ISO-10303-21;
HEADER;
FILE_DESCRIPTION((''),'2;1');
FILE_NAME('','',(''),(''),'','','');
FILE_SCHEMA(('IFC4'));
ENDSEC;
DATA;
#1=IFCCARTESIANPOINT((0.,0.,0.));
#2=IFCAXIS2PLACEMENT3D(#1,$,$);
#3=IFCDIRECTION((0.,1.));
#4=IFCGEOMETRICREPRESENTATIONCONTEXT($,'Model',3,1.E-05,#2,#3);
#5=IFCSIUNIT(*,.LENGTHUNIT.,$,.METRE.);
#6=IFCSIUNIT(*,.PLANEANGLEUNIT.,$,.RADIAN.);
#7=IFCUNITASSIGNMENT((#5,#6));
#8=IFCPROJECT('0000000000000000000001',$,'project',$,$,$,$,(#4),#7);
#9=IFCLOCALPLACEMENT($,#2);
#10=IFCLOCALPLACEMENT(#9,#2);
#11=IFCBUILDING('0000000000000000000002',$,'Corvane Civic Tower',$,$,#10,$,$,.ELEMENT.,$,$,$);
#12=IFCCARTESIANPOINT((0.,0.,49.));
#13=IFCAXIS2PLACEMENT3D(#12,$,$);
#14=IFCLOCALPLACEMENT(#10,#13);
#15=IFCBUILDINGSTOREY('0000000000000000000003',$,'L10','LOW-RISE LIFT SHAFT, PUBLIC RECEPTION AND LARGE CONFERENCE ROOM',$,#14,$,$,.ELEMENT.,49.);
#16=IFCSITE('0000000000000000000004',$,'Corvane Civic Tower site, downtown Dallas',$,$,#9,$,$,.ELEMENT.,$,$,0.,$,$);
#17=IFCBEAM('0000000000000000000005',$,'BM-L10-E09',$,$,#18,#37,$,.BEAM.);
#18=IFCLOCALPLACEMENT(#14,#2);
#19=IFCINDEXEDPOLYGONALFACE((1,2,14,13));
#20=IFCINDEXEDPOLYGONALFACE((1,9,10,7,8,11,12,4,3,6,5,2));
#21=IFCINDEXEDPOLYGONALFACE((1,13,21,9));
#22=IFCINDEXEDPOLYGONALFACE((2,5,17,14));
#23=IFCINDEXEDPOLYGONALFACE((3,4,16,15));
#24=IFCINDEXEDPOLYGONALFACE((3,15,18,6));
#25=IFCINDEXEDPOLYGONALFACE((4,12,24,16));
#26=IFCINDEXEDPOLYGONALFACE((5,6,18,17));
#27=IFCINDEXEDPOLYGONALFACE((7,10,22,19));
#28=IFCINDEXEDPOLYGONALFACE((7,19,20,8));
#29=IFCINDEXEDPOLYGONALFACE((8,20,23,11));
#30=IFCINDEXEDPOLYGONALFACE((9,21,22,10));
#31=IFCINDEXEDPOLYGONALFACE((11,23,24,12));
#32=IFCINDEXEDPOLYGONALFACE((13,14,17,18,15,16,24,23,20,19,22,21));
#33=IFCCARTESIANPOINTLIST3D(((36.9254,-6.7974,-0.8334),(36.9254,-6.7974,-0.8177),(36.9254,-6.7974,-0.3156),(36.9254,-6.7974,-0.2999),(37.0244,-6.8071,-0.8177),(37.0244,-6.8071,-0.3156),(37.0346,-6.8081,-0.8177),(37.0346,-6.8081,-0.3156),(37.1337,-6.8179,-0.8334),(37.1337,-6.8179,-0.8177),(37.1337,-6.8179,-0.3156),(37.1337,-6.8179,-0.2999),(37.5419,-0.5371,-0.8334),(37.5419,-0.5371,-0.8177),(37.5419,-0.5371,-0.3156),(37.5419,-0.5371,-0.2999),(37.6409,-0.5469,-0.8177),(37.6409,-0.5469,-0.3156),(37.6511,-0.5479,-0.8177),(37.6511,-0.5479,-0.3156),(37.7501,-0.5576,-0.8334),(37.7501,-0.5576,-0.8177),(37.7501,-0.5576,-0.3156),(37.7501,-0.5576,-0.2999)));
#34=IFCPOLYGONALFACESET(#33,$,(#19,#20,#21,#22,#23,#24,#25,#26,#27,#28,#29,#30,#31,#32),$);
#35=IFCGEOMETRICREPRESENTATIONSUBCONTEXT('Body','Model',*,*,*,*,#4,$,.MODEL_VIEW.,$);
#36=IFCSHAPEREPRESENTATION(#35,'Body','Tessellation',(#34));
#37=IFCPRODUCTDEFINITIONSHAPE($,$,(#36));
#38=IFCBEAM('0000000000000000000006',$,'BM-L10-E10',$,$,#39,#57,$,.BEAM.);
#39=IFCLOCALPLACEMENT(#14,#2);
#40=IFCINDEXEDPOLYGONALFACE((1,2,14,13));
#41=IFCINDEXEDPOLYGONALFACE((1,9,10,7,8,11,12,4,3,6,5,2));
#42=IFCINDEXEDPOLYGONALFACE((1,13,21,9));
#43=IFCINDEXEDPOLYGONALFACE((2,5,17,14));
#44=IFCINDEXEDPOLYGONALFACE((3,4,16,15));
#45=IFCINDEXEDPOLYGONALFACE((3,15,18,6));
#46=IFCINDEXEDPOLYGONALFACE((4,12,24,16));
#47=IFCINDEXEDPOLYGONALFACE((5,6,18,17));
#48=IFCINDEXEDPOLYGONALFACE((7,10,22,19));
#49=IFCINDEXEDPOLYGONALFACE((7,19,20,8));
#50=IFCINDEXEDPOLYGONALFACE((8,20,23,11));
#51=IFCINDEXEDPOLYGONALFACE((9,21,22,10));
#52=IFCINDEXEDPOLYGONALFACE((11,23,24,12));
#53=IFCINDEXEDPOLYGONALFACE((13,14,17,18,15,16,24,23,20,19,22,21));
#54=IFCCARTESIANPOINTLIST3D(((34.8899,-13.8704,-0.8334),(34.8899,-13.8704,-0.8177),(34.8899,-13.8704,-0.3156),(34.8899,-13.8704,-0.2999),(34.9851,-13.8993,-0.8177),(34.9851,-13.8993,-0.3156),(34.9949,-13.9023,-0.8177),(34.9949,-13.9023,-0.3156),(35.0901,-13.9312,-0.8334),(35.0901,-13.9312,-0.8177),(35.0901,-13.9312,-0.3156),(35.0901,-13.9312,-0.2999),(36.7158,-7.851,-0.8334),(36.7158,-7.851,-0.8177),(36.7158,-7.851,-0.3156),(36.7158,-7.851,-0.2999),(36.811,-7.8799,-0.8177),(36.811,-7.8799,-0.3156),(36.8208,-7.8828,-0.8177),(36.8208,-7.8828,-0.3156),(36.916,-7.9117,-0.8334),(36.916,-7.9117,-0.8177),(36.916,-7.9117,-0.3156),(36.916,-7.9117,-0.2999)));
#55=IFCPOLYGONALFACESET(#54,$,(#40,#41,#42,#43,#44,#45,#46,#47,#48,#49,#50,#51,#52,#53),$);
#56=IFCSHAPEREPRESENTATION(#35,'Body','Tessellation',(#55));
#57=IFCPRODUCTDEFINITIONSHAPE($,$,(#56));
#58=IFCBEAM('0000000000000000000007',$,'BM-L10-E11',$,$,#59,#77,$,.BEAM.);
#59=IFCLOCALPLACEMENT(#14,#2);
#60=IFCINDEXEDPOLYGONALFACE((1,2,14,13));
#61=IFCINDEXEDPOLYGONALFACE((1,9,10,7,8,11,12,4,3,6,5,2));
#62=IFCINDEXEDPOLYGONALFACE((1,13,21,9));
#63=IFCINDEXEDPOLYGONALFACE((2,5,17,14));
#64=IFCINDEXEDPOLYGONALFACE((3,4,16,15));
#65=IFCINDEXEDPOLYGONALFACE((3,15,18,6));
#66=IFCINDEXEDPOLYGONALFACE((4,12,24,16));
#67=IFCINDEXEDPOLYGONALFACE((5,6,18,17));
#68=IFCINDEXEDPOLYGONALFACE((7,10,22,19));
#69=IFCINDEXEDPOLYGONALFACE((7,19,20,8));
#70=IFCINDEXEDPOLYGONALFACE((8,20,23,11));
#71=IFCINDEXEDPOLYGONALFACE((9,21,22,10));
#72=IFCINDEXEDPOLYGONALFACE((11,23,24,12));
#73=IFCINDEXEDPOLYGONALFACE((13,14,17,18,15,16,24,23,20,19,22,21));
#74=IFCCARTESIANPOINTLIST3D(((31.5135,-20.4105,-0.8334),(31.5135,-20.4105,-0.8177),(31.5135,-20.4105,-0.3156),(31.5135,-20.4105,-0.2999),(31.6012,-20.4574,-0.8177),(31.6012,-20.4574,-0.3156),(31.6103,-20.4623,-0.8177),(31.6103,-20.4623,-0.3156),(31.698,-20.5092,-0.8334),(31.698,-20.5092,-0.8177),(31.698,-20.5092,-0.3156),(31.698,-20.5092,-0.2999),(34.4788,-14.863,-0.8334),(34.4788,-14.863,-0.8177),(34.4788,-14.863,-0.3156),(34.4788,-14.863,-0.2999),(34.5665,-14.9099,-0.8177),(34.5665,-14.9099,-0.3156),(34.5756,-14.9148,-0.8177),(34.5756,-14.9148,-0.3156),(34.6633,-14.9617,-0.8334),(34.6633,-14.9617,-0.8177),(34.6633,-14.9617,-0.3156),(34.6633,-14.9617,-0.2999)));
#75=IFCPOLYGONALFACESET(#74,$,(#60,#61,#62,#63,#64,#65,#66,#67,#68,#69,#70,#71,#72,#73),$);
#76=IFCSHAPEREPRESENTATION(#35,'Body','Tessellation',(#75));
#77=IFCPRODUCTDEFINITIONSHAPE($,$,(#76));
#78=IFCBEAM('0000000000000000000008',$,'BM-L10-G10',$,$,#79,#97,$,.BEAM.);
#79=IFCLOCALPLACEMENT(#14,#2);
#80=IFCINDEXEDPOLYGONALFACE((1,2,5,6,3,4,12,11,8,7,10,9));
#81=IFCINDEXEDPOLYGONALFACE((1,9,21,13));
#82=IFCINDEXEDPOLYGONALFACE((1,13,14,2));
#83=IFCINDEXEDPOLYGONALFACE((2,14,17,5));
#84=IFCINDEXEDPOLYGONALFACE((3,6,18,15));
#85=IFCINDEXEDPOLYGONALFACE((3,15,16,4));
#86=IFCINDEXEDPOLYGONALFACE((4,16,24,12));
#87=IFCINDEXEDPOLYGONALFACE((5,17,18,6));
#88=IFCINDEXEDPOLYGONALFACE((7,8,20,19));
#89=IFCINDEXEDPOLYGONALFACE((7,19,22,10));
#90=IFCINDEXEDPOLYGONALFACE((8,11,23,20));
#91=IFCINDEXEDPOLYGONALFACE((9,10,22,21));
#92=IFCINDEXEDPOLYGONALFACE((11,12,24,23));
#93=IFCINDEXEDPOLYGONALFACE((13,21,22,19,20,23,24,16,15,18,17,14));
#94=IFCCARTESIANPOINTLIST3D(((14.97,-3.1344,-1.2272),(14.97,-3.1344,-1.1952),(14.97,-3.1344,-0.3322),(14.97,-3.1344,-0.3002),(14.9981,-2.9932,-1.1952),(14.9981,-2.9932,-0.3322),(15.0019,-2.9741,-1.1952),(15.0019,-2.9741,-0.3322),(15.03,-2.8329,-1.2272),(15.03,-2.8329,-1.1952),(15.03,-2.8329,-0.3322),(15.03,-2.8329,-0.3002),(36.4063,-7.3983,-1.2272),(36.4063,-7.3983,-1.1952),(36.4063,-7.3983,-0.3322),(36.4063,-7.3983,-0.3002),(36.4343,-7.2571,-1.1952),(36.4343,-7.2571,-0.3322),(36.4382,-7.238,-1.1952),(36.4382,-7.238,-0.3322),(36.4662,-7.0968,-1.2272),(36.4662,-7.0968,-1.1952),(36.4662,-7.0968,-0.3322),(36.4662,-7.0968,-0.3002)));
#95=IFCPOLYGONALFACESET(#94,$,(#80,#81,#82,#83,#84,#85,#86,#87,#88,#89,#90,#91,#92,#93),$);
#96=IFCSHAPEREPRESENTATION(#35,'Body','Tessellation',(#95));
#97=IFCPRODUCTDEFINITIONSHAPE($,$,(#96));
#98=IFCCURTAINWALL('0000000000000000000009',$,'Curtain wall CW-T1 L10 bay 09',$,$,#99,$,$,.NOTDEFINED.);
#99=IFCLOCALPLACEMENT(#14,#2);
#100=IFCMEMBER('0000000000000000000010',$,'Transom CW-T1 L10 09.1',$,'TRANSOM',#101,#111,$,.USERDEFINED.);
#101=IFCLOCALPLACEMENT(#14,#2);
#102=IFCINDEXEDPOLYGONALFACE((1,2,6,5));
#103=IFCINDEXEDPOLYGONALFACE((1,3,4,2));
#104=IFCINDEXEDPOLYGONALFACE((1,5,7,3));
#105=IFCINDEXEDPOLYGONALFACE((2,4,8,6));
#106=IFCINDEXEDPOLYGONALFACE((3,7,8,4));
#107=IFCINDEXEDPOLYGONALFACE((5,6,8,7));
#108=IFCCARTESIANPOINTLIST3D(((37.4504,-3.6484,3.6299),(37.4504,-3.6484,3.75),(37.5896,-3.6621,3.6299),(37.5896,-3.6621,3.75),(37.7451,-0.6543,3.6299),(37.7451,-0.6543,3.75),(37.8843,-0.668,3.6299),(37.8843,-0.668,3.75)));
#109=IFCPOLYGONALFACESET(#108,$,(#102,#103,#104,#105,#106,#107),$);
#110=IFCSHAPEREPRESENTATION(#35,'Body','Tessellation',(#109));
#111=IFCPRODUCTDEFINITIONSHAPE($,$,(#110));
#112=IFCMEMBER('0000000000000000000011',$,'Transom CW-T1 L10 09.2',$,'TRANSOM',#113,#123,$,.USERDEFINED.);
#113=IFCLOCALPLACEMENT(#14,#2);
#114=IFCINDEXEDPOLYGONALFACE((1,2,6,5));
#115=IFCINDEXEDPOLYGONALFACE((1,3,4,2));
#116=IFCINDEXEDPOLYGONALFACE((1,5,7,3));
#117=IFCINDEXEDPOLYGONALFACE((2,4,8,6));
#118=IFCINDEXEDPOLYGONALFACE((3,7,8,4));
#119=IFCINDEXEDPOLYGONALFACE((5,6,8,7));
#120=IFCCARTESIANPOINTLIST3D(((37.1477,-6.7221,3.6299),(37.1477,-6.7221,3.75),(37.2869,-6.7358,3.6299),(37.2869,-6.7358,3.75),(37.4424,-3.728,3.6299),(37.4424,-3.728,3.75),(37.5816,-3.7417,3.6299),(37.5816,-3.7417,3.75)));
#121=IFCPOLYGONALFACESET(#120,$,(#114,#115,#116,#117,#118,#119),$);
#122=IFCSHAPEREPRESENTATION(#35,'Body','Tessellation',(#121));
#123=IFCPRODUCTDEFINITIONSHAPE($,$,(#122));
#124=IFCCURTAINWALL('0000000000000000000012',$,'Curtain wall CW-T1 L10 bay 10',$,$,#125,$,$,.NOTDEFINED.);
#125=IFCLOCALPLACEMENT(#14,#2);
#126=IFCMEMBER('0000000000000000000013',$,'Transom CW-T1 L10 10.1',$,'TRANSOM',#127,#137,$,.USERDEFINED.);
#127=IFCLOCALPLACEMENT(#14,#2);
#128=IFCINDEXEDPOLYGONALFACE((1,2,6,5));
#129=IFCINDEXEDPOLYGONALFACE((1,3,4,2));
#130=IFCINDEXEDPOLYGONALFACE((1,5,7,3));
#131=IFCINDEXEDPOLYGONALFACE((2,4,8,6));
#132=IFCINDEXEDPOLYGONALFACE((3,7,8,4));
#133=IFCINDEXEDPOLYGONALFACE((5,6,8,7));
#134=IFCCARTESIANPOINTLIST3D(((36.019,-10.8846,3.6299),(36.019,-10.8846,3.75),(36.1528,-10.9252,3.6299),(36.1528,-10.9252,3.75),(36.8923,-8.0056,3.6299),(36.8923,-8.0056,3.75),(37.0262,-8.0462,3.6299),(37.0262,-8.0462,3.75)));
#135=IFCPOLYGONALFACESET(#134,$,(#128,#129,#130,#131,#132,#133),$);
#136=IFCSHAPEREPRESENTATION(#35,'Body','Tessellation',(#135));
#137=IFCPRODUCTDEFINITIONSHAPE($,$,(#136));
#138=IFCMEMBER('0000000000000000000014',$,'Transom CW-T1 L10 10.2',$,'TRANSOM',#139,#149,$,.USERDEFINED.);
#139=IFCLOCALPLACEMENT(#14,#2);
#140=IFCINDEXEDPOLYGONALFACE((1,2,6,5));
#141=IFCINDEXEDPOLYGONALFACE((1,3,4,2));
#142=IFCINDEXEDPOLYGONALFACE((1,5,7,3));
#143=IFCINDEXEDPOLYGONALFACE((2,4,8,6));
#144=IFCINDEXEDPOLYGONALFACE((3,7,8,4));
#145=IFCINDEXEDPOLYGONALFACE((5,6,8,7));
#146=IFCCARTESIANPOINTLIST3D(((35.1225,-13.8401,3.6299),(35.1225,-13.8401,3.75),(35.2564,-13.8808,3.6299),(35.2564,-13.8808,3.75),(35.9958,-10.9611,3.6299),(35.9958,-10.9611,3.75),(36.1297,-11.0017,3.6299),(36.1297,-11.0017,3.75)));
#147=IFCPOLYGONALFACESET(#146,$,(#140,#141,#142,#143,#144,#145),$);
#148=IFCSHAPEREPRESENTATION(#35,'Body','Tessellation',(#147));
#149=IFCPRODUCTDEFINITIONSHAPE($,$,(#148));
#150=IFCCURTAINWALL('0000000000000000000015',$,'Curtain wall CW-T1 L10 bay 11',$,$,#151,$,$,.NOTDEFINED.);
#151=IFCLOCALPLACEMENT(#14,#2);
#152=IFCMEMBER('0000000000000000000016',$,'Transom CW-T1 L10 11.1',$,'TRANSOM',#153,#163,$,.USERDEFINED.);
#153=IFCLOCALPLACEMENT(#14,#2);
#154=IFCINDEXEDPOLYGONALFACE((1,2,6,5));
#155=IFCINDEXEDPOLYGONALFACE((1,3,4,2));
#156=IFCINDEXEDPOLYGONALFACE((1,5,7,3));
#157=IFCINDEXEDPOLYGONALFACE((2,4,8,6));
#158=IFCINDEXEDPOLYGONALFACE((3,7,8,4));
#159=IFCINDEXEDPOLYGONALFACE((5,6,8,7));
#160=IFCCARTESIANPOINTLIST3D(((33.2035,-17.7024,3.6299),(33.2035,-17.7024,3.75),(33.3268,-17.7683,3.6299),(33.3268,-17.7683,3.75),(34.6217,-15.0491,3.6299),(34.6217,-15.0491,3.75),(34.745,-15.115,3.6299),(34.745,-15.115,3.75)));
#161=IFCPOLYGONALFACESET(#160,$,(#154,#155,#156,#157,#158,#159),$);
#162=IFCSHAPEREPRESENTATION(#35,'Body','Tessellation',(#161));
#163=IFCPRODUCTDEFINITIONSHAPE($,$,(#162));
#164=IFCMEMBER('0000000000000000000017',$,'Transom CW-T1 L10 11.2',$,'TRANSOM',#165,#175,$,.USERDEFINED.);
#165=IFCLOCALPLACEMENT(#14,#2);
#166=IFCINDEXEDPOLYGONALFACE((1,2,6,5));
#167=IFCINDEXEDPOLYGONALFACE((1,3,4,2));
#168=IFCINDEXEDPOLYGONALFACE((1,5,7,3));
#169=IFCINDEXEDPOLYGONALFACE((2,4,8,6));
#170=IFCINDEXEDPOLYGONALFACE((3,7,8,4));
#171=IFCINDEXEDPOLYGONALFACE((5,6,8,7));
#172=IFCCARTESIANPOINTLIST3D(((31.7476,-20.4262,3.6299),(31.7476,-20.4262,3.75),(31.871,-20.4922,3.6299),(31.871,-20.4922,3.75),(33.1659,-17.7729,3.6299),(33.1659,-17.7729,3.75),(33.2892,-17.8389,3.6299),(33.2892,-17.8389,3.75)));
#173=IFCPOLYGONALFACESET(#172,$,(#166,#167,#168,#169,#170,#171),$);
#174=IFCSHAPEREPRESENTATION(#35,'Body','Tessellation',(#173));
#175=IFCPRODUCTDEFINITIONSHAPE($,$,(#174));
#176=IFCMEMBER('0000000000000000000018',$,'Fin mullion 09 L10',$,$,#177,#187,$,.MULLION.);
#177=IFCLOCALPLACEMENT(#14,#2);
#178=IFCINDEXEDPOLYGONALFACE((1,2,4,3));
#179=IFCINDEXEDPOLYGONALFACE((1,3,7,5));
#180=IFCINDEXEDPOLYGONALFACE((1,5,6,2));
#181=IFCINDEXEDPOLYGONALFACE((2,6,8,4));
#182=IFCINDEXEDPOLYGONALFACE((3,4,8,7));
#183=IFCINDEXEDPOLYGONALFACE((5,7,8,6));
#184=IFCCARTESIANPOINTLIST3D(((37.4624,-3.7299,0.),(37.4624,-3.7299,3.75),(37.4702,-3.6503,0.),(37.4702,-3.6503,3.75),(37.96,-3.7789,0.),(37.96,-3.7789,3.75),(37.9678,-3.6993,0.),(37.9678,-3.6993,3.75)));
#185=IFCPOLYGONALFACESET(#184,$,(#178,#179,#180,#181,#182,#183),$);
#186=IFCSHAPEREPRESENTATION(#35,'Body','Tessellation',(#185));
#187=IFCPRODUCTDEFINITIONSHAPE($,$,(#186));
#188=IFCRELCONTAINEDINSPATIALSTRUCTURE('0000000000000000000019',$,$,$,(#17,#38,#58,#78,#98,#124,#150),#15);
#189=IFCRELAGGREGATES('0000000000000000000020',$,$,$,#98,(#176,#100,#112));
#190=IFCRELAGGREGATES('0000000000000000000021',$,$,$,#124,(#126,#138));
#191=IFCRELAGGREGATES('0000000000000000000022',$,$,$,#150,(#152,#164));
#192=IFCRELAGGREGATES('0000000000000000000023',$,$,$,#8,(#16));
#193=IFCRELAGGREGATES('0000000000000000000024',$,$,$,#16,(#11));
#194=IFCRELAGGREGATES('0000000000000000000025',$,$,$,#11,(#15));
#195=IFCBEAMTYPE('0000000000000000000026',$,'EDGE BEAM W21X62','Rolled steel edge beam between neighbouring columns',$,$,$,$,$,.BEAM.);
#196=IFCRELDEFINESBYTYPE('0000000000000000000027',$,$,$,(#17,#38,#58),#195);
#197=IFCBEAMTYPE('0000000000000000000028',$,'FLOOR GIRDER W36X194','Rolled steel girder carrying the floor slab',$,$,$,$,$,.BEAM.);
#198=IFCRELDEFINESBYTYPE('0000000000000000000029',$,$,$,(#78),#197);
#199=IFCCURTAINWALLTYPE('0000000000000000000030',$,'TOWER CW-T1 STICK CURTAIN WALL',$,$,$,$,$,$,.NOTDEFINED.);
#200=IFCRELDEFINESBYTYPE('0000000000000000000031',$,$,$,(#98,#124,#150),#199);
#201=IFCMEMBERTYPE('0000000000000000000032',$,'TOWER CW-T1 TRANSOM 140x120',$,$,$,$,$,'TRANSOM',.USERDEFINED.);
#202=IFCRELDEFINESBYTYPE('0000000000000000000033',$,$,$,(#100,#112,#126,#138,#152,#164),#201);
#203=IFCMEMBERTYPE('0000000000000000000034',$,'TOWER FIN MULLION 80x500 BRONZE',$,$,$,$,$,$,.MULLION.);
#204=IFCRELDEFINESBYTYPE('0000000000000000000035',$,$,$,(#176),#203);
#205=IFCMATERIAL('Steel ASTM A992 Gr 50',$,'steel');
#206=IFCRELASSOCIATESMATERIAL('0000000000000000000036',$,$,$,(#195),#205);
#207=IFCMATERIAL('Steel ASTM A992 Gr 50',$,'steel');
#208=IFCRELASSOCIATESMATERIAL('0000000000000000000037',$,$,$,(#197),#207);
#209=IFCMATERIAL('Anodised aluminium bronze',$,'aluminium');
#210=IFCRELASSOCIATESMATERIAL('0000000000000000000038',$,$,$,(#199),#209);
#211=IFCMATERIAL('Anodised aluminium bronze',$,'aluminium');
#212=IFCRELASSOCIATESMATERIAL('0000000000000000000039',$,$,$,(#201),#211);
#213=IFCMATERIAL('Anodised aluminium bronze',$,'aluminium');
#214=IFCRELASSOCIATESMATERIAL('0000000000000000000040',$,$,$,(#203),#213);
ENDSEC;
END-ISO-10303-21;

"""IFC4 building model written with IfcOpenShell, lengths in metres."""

from ifc_helpers import new_model, si_unit, direction, frame, origin, origin_2d, place, context, subcontext, project, spatial, rectangle, i_section, extrude, material, material_profile, profile_set, type_object, element, aggregate, save


model = new_model("IFC4")

# Units and contexts
model_context = context("Model", 3, precision=1e-05, world=origin(), true_north=direction((0.0, 1.0)))
body_context = subcontext(model_context, "Body", "Model", "MODEL_VIEW")
ifc_project = project(units=[si_unit("LENGTHUNIT", "METRE"), si_unit("PLANEANGLEUNIT", "RADIAN")], contexts=[model_context])

# Site, building, storey
site_placement = place(None, origin())
site = spatial("IfcSite", under=ifc_project, at=site_placement, Name="Corvane Civic Tower site, downtown Dallas", CompositionType="ELEMENT", RefElevation=0.0)
building_placement = place(site_placement, origin())
building = spatial("IfcBuilding", under=site, at=building_placement, Name="Corvane Civic Tower", CompositionType="ELEMENT")
storey_placement = place(building_placement, frame((0.0, 0.0, 49.0)))
storey = spatial("IfcBuildingStorey", under=building, at=storey_placement, Name="L10", Description="LOW-RISE LIFT SHAFT, PUBLIC RECEPTION AND LARGE CONFERENCE ROOM", CompositionType="ELEMENT", Elevation=49.0)

# Beams
ifc_material_1 = material(Name="Steel ASTM A992 Gr 50", Category="steel")
ifc_material_profile_1 = material_profile(ifc_material_1, i_section(OverallWidth=0.2092, OverallDepth=0.5334, WebThickness=0.0103, FlangeThickness=0.0156, at=origin_2d()), Name="W21X62")
ifc_profile_set_1 = profile_set([ifc_material_profile_1], Name="Steel ASTM A992 Gr 50")
beam_type_1 = type_object("IfcBeamType", Name="EDGE BEAM W21X62", Description="Rolled steel edge beam between neighbouring columns", PredefinedType="BEAM", material=ifc_profile_set_1)
beam_1_placement = place(storey_placement, frame((37.646, -0.5474, -0.5667), z_axis=(-0.097997, -0.995187, 0.0), x_axis=(0.995187, -0.097997, 0.0)))
element("IfcBeam", 1, at=beam_1_placement, inside=storey, type_object=beam_type_1, Name="BM-L10-E09", PredefinedType="BEAM", context=body_context, shape_type="SweptSolid", body=[
    extrude(i_section(OverallWidth=0.2092, OverallDepth=0.5334, WebThickness=0.0103, FlangeThickness=0.0156, at=origin_2d()), origin(), (0.0, 0.0, 1.0), 6.2905),
])
for number, where, z_axis, x_axis, name in (
    (2, (36.8159, -7.8813, -0.5667), (-0.290273, -0.956944, 0.0), (0.956944, -0.290273, 0.0), "BM-L10-E10"),
    (3, (34.571, -14.9124, -0.5667), (-0.471406, -0.881916, 0.0), (0.881916, -0.471406, 0.0), "BM-L10-E11"),
):
    element("IfcBeam", number, at=place(storey_placement, frame(where, z_axis=z_axis, x_axis=x_axis)), inside=storey, type_object=beam_type_1, Name=name, PredefinedType="BEAM", context=body_context, shape_type="SweptSolid", body=[
        extrude(i_section(OverallWidth=0.2092, OverallDepth=0.5334, WebThickness=0.0103, FlangeThickness=0.0156, at=origin_2d()), origin(), (0.0, 0.0, 1.0), 6.2903),
    ])
ifc_material_2 = material(Name="Steel ASTM A992 Gr 50", Category="steel")
ifc_material_profile_2 = material_profile(ifc_material_2, i_section(OverallWidth=0.3074, OverallDepth=0.927, WebThickness=0.0195, FlangeThickness=0.032, at=origin_2d()), Name="W36X194")
ifc_profile_set_2 = profile_set([ifc_material_profile_2], Name="Steel ASTM A992 Gr 50")
beam_type_2 = type_object("IfcBeamType", Name="FLOOR GIRDER W36X194", Description="Rolled steel girder carrying the floor slab", PredefinedType="BEAM", material=ifc_profile_set_2)
beam_2_placement = place(storey_placement, frame((15.0, -2.9836, -0.7637), z_axis=(0.980785, -0.195089, 0.0), x_axis=(0.195089, 0.980785, 0.0)))
element("IfcBeam", 4, at=beam_2_placement, inside=storey, type_object=beam_type_2, Name="BM-L10-G10", PredefinedType="BEAM", context=body_context, shape_type="SweptSolid", body=[
    extrude(i_section(OverallWidth=0.3074, OverallDepth=0.927, WebThickness=0.0195, FlangeThickness=0.032, at=origin_2d()), origin(), (0.0, 0.0, 1.0), 21.8562),
])

# Curtain walls, members
ifc_material_3 = material(Name="Anodised aluminium bronze", Category="aluminium")
curtain_wall_type = type_object("IfcCurtainWallType", Name="TOWER CW-T1 STICK CURTAIN WALL", PredefinedType="NOTDEFINED", material=ifc_material_3)
curtain_wall_1_placement = place(storey_placement, origin())
curtain_wall_1 = element("IfcCurtainWall", 5, at=curtain_wall_1_placement, inside=storey, type_object=curtain_wall_type, Name="Curtain wall CW-T1 L10 bay 09", PredefinedType="NOTDEFINED")
ifc_material_4 = material(Name="Anodised aluminium bronze", Category="aluminium")
ifc_material_profile_3 = material_profile(ifc_material_4, rectangle(XDim=0.1399, YDim=0.1201, at=origin_2d()), Name="TOWER CW-T1 TRANSOM 140x120")
ifc_profile_set_3 = profile_set([ifc_material_profile_3], Name="Anodised aluminium bronze")
member_type_1 = type_object("IfcMemberType", Name="TOWER CW-T1 TRANSOM 140x120", ElementType="TRANSOM", PredefinedType="USERDEFINED", material=ifc_profile_set_3)
member_1_placement = place(storey_placement, frame((37.8147, -0.6611, 3.6899), z_axis=(-0.097945, -0.995192, 0.0), x_axis=(0.995192, -0.097945, 0.0)))
member_1 = element("IfcMember", 6, at=member_1_placement, type_object=member_type_1, Name="Transom CW-T1 L10 09.1", ObjectType="TRANSOM", PredefinedType="USERDEFINED", context=body_context, shape_type="SweptSolid", body=[
    extrude(rectangle(XDim=0.1399, YDim=0.1201, at=origin_2d()), origin(), (0.0, 0.0, 1.0), 3.0085),
])
member_2_placement = place(storey_placement, frame((37.512, -3.7349, 3.6899), z_axis=(-0.097945, -0.995192, 0.0), x_axis=(0.995192, -0.097945, 0.0)))
member_2 = element("IfcMember", 7, at=member_2_placement, type_object=member_type_1, Name="Transom CW-T1 L10 09.2", ObjectType="TRANSOM", PredefinedType="USERDEFINED", context=body_context, shape_type="SweptSolid", body=[
    extrude(rectangle(XDim=0.1399, YDim=0.1201, at=origin_2d()), origin(), (0.0, 0.0, 1.0), 3.0085),
])
curtain_wall_2_placement = place(storey_placement, origin())
curtain_wall_2 = element("IfcCurtainWall", 8, at=curtain_wall_2_placement, inside=storey, type_object=curtain_wall_type, Name="Curtain wall CW-T1 L10 bay 10", PredefinedType="NOTDEFINED")
member_3_placement = place(storey_placement, frame((36.9592, -8.0259, 3.6899), z_axis=(-0.29028, -0.956942, 0.0), x_axis=(0.956942, -0.29028, 0.0)))
member_3 = element("IfcMember", 9, at=member_3_placement, type_object=member_type_1, Name="Transom CW-T1 L10 10.1", ObjectType="TRANSOM", PredefinedType="USERDEFINED", context=body_context, shape_type="SweptSolid", body=[
    extrude(rectangle(XDim=0.1399, YDim=0.1201, at=origin_2d()), origin(), (0.0, 0.0, 1.0), 3.0085),
])
member_4_placement = place(storey_placement, frame((36.0627, -10.9814, 3.6899), z_axis=(-0.29028, -0.956942, 0.0), x_axis=(0.956942, -0.29028, 0.0)))
member_4 = element("IfcMember", 10, at=member_4_placement, type_object=member_type_1, Name="Transom CW-T1 L10 10.2", ObjectType="TRANSOM", PredefinedType="USERDEFINED", context=body_context, shape_type="SweptSolid", body=[
    extrude(rectangle(XDim=0.1399, YDim=0.1201, at=origin_2d()), origin(), (0.0, 0.0, 1.0), 3.0085),
])
curtain_wall_3_placement = place(storey_placement, origin())
curtain_wall_3 = element("IfcCurtainWall", 11, at=curtain_wall_3_placement, inside=storey, type_object=curtain_wall_type, Name="Curtain wall CW-T1 L10 bay 11", PredefinedType="NOTDEFINED")
member_5_placement = place(storey_placement, frame((34.6833, -15.082, 3.6899), z_axis=(-0.471393, -0.881924, 0.0), x_axis=(0.881924, -0.471393, 0.0)))
member_5 = element("IfcMember", 12, at=member_5_placement, type_object=member_type_1, Name="Transom CW-T1 L10 11.1", ObjectType="TRANSOM", PredefinedType="USERDEFINED", context=body_context, shape_type="SweptSolid", body=[
    extrude(rectangle(XDim=0.1399, YDim=0.1201, at=origin_2d()), origin(), (0.0, 0.0, 1.0), 3.0085),
])
member_6_placement = place(storey_placement, frame((33.2275, -17.8059, 3.6899), z_axis=(-0.471393, -0.881924, 0.0), x_axis=(0.881924, -0.471393, 0.0)))
member_6 = element("IfcMember", 13, at=member_6_placement, type_object=member_type_1, Name="Transom CW-T1 L10 11.2", ObjectType="TRANSOM", PredefinedType="USERDEFINED", context=body_context, shape_type="SweptSolid", body=[
    extrude(rectangle(XDim=0.1399, YDim=0.1201, at=origin_2d()), origin(), (0.0, 0.0, 1.0), 3.0085),
])

# Member
ifc_material_5 = material(Name="Anodised aluminium bronze", Category="aluminium")
ifc_material_profile_4 = material_profile(ifc_material_5, rectangle(XDim=0.0801, YDim=0.5, at=origin_2d()), Name="TOWER FIN MULLION 80x500 BRONZE")
ifc_profile_set_4 = profile_set([ifc_material_profile_4], Name="Anodised aluminium bronze")
member_type_2 = type_object("IfcMemberType", Name="TOWER FIN MULLION 80x500 BRONZE", PredefinedType="MULLION", material=ifc_profile_set_4)
member_7_placement = place(storey_placement, frame((37.7151, -3.7146, 0.0), z_axis=(0.0, 0.0, 1.0), x_axis=(-0.098006, -0.995186, 0.0)))
member_7 = element("IfcMember", 14, at=member_7_placement, type_object=member_type_2, Name="Fin mullion 09 L10", PredefinedType="MULLION", context=body_context, shape_type="SweptSolid", body=[
    extrude(rectangle(XDim=0.0801, YDim=0.5, at=origin_2d()), origin(), (0.0, 0.0, 1.0), 3.75),
])

aggregate(curtain_wall_1, [member_7, member_1, member_2])
aggregate(curtain_wall_2, [member_3, member_4])
aggregate(curtain_wall_3, [member_5, member_6])

save(model, "model.ifc")
